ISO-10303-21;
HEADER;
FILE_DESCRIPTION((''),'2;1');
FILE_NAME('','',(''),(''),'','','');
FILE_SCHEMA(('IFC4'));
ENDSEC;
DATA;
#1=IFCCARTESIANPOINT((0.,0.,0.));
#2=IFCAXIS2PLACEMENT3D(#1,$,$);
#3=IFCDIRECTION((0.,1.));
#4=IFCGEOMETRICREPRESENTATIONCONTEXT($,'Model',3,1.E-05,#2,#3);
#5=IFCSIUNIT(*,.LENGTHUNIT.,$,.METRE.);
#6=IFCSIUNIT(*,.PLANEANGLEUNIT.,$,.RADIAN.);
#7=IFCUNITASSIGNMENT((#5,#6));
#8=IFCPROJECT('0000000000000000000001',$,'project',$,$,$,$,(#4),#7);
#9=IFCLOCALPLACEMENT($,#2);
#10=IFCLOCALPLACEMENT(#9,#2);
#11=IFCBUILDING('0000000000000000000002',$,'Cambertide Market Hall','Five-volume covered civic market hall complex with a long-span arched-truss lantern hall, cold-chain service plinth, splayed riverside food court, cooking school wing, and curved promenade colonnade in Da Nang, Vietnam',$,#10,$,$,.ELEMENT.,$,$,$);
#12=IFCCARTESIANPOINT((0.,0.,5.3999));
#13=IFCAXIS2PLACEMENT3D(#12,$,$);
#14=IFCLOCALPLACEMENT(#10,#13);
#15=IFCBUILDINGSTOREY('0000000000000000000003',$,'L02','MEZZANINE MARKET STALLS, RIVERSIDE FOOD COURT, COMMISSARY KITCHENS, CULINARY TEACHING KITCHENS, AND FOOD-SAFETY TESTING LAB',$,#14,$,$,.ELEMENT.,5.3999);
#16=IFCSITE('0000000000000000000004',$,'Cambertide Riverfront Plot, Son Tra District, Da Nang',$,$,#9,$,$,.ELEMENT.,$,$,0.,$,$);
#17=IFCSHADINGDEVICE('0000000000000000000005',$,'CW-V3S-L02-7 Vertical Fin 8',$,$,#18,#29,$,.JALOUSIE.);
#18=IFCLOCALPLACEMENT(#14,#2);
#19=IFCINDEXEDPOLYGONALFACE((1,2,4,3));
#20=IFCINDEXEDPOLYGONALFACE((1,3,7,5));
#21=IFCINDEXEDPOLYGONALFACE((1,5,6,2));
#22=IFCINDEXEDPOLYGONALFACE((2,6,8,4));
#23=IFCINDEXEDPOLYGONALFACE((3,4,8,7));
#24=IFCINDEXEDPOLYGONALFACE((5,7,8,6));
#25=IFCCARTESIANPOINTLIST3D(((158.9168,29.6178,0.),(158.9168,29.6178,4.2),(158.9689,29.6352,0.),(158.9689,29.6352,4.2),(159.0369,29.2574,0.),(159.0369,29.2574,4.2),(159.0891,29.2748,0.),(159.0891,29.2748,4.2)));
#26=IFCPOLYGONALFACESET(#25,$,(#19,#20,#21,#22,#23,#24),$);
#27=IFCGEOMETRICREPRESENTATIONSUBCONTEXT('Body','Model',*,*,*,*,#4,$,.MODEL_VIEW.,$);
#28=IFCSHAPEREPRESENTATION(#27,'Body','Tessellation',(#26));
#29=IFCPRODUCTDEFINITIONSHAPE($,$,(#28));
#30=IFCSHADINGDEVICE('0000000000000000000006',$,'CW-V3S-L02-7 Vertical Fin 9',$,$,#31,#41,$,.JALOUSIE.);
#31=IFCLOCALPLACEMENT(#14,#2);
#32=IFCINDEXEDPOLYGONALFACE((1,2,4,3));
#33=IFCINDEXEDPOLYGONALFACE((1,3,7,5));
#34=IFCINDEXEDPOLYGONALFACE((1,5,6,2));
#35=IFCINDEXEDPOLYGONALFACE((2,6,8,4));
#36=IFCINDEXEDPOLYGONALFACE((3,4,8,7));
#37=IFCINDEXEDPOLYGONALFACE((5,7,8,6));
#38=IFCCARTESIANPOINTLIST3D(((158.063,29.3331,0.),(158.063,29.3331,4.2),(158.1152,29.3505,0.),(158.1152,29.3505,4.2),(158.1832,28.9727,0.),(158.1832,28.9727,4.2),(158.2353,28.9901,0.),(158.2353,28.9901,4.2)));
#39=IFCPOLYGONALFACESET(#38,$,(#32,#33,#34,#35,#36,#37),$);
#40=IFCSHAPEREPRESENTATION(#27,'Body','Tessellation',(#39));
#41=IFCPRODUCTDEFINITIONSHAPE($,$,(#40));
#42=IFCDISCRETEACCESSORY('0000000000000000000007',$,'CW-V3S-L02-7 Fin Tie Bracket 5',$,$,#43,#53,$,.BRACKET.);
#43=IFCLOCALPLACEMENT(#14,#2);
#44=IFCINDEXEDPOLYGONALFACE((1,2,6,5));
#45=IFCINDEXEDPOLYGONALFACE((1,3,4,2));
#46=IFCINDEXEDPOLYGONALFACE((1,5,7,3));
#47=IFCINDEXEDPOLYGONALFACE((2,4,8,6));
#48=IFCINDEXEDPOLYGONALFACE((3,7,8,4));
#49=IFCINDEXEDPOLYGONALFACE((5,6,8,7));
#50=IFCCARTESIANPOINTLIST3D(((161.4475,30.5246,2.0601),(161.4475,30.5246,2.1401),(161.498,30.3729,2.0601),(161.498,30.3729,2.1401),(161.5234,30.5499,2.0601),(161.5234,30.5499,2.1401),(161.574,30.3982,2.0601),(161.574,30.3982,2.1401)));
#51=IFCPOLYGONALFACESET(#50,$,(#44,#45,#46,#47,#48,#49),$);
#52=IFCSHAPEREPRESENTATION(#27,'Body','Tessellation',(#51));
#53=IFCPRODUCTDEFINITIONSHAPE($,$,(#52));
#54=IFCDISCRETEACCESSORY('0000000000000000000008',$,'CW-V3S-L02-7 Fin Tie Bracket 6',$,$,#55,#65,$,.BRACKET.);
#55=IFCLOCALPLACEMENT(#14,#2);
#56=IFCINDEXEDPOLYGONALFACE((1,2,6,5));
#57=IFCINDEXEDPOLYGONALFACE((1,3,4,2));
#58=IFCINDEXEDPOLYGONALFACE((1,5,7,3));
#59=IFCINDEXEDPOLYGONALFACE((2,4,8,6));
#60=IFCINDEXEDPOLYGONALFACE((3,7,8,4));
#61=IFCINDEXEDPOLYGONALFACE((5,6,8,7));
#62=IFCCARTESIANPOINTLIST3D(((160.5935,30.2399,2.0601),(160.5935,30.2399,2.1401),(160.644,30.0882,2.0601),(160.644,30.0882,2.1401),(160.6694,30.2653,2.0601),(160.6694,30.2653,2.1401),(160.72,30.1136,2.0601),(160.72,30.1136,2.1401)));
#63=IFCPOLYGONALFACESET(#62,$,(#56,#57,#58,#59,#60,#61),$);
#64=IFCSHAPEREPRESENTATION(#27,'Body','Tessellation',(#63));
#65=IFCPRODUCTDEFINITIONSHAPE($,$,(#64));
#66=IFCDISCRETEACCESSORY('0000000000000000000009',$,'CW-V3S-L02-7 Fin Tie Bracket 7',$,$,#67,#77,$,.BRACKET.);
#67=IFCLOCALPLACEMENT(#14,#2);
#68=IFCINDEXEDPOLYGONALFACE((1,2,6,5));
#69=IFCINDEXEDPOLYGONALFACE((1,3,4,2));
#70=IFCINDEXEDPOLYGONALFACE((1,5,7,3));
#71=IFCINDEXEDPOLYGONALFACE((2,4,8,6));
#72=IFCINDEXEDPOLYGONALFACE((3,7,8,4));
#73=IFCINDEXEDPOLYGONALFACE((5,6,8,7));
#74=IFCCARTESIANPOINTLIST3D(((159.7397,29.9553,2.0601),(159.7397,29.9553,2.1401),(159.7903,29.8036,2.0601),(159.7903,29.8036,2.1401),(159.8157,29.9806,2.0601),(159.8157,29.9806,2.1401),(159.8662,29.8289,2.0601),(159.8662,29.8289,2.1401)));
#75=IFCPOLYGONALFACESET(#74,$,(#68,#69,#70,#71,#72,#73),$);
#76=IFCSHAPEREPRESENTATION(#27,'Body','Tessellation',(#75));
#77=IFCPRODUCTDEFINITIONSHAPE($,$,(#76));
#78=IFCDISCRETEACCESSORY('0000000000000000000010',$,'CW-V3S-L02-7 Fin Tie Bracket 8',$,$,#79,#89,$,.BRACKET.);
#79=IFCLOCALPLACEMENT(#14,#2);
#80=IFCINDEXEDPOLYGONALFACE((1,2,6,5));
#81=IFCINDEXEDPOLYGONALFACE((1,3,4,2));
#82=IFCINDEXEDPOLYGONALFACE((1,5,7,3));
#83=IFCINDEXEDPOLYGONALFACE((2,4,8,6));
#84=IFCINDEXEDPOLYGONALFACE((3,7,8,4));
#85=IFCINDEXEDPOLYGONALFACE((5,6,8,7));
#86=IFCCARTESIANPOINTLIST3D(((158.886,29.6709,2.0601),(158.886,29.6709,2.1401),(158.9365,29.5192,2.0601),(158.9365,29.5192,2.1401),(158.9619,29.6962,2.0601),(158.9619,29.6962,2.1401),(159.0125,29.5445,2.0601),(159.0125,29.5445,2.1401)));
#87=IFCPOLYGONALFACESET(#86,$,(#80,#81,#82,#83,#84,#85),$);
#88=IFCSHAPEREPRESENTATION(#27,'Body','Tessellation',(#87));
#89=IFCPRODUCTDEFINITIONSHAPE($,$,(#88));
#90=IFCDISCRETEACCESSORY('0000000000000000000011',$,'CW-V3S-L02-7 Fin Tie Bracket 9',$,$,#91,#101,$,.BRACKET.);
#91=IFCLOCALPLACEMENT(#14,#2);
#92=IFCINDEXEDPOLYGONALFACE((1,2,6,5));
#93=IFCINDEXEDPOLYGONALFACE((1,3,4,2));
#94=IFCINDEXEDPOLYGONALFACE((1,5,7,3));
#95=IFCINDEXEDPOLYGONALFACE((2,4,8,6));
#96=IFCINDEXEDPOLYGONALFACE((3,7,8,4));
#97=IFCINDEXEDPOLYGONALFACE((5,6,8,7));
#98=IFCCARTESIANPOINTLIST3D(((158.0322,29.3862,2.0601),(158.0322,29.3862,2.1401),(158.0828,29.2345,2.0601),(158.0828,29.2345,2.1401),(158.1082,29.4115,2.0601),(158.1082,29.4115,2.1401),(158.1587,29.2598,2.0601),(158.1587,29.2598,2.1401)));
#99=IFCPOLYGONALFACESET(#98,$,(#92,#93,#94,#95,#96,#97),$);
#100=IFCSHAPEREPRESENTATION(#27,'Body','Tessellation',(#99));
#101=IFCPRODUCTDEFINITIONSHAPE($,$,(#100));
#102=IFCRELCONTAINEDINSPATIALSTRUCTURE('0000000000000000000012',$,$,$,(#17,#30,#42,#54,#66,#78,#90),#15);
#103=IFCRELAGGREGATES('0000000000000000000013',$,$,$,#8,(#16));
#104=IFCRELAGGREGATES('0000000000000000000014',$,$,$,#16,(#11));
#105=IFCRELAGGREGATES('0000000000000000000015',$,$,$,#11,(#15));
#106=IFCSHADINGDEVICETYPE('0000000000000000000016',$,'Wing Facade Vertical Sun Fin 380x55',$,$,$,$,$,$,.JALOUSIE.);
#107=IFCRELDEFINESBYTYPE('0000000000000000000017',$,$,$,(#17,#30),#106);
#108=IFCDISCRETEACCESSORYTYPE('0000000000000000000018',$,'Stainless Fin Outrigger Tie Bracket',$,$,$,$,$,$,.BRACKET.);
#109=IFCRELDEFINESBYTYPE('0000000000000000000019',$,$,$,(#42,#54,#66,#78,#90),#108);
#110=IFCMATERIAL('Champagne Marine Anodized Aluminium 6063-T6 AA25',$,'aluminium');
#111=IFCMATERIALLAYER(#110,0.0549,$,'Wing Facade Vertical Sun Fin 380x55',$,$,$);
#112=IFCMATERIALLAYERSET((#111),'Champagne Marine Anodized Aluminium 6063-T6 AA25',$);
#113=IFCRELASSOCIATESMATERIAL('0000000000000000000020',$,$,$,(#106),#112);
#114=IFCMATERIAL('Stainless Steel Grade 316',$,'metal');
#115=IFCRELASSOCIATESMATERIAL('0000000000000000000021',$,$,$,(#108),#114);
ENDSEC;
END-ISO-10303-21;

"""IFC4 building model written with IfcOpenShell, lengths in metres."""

from ifc_helpers import new_model, si_unit, direction, frame, origin, origin_2d, place, context, subcontext, project, spatial, rectangle, extrude, material, layer, layer_set, type_object, element, save


model = new_model("IFC4")

# Units and contexts
model_context = context("Model", 3, precision=1e-05, world=origin(), true_north=direction((0.0, 1.0)))
body_context = subcontext(model_context, "Body", "Model", "MODEL_VIEW")
ifc_project = project(units=[si_unit("LENGTHUNIT", "METRE"), si_unit("PLANEANGLEUNIT", "RADIAN")], contexts=[model_context])

# Site, building, storey
site_placement = place(None, origin())
site = spatial("IfcSite", under=ifc_project, at=site_placement, Name="Cambertide Riverfront Plot, Son Tra District, Da Nang", CompositionType="ELEMENT", RefElevation=0.0)
building_placement = place(site_placement, origin())
building = spatial("IfcBuilding", under=site, at=building_placement, Name="Cambertide Market Hall", Description="Five-volume covered civic market hall complex with a long-span arched-truss lantern hall, cold-chain service plinth, splayed riverside food court, cooking school wing, and curved promenade colonnade in Da Nang, Vietnam", CompositionType="ELEMENT")
storey_placement = place(building_placement, frame((0.0, 0.0, 5.3999)))
storey = spatial("IfcBuildingStorey", under=building, at=storey_placement, Name="L02", Description="MEZZANINE MARKET STALLS, RIVERSIDE FOOD COURT, COMMISSARY KITCHENS, CULINARY TEACHING KITCHENS, AND FOOD-SAFETY TESTING LAB", CompositionType="ELEMENT", Elevation=5.3999)

# Shading devices
ifc_material_1 = material(Name="Champagne Marine Anodized Aluminium 6063-T6 AA25", Category="aluminium")
ifc_layer_1 = layer(ifc_material_1, 0.0549, Name="Wing Facade Vertical Sun Fin 380x55")
ifc_layer_set_1 = layer_set([ifc_layer_1], Name="Champagne Marine Anodized Aluminium 6063-T6 AA25")
shading_device_type = type_object("IfcShadingDeviceType", Name="Wing Facade Vertical Sun Fin 380x55", PredefinedType="JALOUSIE", material=ifc_layer_set_1)
for number, where, z_axis, x_axis, name in (
    (1, (159.0029, 29.4463, 0.0), (0.0, 0.0, 1.0), (-0.948683, -0.316228, 0.0), "CW-V3S-L02-7 Vertical Fin 8"),
    (2, (158.1492, 29.1616, 0.0), (0.0, 0.0, 1.0), (-0.948683, -0.316228, 0.0), "CW-V3S-L02-7 Vertical Fin 9"),
):
    element("IfcShadingDevice", number, at=place(storey_placement, frame(where, z_axis=z_axis, x_axis=x_axis)), inside=storey, type_object=shading_device_type, Name=name, PredefinedType="JALOUSIE", context=body_context, shape_type="SweptSolid", body=[
        extrude(rectangle(XDim=0.0549, YDim=0.3799, at=origin_2d()), origin(), (0.0, 0.0, 1.0), 4.2),
    ])

# Discrete accessories
ifc_material_2 = material(Name="Stainless Steel Grade 316", Category="metal")
discrete_accessory_type = type_object("IfcDiscreteAccessoryType", Name="Stainless Fin Outrigger Tie Bracket", PredefinedType="BRACKET", material=ifc_material_2)
for number, where, z_axis, x_axis, name in (
    (3, (161.5107, 30.4614, 2.0601), (0.0, 0.0, 1.0), (-0.948683, -0.316228, 0.0), "CW-V3S-L02-7 Fin Tie Bracket 5"),
    (4, (160.6567, 30.1768, 2.0601), (0.0, 0.0, 1.0), (-0.948683, -0.316228, 0.0), "CW-V3S-L02-7 Fin Tie Bracket 6"),
    (5, (159.803, 29.8921, 2.0601), (0.0, 0.0, 1.0), (-0.948683, -0.316228, 0.0), "CW-V3S-L02-7 Fin Tie Bracket 7"),
    (6, (158.9492, 29.6077, 2.0601), (0.0, 0.0, 1.0), (-0.948683, -0.316228, 0.0), "CW-V3S-L02-7 Fin Tie Bracket 8"),
    (7, (158.0955, 29.323, 2.0601), (0.0, 0.0, 1.0), (-0.948683, -0.316228, 0.0), "CW-V3S-L02-7 Fin Tie Bracket 9"),
):
    element("IfcDiscreteAccessory", number, at=place(storey_placement, frame(where, z_axis=z_axis, x_axis=x_axis)), inside=storey, type_object=discrete_accessory_type, Name=name, PredefinedType="BRACKET", context=body_context, shape_type="SweptSolid", body=[
        extrude(rectangle(XDim=0.0801, YDim=0.1599, at=origin_2d()), origin(), (0.0, 0.0, 1.0), 0.0801),
    ])

save(model, "model.ifc")
